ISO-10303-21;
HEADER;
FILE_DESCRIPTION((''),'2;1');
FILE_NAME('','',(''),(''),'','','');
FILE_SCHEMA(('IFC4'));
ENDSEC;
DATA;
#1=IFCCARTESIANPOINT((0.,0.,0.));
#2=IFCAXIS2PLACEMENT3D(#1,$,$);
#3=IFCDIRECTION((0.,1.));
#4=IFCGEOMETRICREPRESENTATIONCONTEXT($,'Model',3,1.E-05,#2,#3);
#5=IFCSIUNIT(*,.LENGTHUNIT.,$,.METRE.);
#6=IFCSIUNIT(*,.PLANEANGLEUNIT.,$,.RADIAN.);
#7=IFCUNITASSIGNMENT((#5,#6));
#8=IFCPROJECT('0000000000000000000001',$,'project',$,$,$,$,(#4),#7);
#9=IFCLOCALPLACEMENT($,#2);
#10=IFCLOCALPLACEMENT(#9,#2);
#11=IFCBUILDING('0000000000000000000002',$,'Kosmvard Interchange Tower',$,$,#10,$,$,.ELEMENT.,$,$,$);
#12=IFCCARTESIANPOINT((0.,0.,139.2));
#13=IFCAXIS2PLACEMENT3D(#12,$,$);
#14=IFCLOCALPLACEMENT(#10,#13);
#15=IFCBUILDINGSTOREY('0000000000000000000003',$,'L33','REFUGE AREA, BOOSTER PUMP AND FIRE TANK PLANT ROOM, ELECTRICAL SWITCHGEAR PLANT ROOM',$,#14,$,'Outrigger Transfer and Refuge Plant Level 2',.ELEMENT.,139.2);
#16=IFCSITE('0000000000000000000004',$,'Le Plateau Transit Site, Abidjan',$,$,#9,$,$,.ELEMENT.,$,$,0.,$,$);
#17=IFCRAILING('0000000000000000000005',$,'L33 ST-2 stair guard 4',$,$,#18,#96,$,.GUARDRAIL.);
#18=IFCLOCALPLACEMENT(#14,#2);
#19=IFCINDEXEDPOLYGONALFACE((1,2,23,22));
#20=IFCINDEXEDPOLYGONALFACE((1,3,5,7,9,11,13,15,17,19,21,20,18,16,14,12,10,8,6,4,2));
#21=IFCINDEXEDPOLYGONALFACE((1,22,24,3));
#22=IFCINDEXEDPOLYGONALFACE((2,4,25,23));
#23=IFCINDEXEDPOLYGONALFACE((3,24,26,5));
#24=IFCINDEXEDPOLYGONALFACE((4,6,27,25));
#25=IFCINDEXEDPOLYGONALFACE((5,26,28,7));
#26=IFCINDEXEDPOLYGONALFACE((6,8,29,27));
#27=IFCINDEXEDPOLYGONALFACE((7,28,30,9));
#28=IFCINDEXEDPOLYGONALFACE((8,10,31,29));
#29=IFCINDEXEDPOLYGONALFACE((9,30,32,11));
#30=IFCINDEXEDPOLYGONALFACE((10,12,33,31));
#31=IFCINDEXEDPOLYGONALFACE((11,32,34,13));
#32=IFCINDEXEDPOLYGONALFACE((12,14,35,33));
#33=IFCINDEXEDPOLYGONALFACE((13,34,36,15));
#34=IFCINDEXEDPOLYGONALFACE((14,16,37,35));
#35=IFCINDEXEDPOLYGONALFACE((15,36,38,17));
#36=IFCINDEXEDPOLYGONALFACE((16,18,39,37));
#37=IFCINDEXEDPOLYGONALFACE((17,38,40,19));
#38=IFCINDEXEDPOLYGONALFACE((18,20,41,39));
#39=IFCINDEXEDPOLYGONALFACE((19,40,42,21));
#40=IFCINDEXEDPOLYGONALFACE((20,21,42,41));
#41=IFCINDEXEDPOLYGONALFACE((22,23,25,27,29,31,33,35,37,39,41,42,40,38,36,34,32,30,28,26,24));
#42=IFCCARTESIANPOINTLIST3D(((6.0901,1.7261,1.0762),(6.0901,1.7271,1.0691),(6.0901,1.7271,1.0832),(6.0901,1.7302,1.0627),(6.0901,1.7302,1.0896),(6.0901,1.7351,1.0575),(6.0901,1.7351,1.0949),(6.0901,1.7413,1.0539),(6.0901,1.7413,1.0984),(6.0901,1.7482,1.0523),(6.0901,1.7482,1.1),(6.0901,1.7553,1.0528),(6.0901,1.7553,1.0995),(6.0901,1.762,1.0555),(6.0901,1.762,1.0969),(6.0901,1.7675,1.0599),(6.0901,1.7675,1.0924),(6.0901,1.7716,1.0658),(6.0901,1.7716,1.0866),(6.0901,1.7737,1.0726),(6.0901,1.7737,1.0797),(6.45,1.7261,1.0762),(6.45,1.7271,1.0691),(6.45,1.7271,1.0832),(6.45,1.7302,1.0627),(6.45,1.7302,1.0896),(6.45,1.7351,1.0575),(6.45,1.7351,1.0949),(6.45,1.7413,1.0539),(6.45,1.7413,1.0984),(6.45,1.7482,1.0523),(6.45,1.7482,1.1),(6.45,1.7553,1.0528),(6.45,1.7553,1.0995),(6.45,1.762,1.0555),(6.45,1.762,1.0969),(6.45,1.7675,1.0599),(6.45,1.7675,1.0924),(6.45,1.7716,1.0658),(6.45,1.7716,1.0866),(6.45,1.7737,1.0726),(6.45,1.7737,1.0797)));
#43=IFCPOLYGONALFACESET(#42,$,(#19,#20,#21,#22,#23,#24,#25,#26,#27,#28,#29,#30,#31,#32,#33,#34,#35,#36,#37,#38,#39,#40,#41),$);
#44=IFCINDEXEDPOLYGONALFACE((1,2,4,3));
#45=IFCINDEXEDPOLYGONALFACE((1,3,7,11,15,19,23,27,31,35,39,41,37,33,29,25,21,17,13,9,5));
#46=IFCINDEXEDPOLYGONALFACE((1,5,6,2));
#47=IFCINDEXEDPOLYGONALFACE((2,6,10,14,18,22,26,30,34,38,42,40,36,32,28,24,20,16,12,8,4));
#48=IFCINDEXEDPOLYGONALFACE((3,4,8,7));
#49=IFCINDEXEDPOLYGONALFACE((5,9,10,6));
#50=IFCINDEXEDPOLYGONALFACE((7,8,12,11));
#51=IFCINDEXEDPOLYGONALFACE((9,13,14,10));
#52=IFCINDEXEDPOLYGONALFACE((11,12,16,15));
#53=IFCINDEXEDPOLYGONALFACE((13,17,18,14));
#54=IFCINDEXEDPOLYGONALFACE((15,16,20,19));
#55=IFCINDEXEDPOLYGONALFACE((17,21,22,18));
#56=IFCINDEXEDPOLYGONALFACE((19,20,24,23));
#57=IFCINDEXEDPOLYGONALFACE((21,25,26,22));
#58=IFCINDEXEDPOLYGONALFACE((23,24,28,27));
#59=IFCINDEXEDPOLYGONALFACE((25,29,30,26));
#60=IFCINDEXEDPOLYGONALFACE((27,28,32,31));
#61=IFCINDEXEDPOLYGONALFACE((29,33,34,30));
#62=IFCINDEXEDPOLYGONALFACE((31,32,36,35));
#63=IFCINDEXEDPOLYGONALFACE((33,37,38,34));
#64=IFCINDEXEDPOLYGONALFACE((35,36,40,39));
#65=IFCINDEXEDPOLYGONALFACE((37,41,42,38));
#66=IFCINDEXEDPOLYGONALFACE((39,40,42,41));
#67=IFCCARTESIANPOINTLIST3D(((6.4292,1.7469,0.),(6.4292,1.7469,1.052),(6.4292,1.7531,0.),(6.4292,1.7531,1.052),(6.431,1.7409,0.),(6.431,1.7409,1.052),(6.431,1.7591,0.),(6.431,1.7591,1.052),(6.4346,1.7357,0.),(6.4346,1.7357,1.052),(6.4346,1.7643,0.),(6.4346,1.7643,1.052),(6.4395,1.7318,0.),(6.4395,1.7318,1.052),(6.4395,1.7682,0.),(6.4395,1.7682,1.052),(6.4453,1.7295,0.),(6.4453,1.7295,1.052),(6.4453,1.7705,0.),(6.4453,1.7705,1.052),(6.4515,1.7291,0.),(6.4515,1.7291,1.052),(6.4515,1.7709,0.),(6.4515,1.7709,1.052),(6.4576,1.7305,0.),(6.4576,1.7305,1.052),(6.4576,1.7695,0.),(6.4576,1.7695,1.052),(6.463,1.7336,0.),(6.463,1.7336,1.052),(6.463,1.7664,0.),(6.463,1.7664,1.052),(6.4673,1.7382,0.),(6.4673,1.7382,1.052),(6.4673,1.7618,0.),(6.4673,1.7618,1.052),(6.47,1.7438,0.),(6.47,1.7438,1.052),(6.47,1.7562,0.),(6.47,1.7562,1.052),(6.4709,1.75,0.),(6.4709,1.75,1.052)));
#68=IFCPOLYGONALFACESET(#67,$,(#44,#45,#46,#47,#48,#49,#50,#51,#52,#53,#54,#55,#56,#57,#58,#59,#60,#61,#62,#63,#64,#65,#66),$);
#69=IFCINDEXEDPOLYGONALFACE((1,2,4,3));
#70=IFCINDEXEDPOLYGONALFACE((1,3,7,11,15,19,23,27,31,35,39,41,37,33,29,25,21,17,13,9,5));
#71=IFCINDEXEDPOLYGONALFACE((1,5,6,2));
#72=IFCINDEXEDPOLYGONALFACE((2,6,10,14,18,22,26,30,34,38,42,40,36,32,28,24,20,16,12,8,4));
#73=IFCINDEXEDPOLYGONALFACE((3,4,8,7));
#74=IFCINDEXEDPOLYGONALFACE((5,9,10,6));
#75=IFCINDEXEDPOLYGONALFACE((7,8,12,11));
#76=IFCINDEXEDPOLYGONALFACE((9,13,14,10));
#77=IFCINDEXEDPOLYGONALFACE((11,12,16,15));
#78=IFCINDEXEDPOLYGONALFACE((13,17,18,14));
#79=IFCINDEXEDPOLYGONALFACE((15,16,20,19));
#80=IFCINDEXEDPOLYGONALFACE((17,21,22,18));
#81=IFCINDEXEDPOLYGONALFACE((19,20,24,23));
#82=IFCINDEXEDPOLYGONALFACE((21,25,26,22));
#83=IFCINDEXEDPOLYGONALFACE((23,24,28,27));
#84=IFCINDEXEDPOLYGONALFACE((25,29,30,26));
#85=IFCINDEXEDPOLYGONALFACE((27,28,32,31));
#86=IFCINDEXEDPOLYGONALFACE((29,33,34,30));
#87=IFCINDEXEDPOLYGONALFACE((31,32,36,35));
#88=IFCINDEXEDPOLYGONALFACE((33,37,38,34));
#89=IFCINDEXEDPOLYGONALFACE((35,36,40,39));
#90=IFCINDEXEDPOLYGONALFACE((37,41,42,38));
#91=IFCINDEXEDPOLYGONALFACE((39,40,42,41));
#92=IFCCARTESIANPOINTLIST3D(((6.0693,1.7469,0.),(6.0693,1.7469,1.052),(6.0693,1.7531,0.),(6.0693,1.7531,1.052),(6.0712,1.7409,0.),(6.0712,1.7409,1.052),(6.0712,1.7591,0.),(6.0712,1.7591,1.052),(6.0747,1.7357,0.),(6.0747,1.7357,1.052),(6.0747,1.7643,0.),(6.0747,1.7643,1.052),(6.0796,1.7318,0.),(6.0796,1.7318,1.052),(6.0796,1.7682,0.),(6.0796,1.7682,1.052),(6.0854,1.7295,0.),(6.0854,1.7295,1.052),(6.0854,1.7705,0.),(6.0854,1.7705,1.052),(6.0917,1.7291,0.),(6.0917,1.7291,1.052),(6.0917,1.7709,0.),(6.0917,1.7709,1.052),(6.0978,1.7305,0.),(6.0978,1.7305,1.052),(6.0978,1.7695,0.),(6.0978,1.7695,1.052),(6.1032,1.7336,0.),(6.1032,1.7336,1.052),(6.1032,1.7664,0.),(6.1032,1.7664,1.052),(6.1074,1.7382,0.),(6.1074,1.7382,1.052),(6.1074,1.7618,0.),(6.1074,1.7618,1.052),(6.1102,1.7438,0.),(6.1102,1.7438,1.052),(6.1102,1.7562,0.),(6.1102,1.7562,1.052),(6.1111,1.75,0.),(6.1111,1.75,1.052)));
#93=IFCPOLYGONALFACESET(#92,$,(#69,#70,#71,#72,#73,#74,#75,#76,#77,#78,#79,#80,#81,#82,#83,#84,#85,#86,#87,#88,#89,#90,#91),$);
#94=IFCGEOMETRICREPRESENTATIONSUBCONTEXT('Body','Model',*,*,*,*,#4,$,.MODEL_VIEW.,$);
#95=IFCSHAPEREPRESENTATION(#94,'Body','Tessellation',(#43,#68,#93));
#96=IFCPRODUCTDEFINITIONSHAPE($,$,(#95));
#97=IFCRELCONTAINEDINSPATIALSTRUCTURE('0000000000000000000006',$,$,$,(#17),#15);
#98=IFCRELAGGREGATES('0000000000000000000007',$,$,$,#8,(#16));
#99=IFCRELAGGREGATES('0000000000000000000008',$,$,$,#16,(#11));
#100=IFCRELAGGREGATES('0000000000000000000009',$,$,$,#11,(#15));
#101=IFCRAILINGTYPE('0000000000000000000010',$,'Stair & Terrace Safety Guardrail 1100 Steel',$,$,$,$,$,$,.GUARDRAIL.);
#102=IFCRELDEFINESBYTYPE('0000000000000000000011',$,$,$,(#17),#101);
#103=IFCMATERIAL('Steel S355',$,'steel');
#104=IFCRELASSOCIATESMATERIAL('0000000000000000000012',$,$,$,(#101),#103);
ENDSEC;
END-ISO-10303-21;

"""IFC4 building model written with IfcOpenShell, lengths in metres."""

from ifc_helpers import new_model, si_unit, direction, frame, origin, origin_2d, place, context, subcontext, project, spatial, circle, extrude, source, transform, mapped, material, type_object, element, save


model = new_model("IFC4")

# Units and contexts
model_context = context("Model", 3, precision=1e-05, world=origin(), true_north=direction((0.0, 1.0)))
body_context = subcontext(model_context, "Body", "Model", "MODEL_VIEW")
ifc_project = project(units=[si_unit("LENGTHUNIT", "METRE"), si_unit("PLANEANGLEUNIT", "RADIAN")], contexts=[model_context])

# Site, building, storey
site_placement = place(None, origin())
site = spatial("IfcSite", under=ifc_project, at=site_placement, Name="Le Plateau Transit Site, Abidjan", CompositionType="ELEMENT", RefElevation=0.0)
building_placement = place(site_placement, origin())
building = spatial("IfcBuilding", under=site, at=building_placement, Name="Kosmvard Interchange Tower", CompositionType="ELEMENT")
storey_placement = place(building_placement, frame((0.0, 0.0, 139.2)))
storey = spatial("IfcBuildingStorey", under=building, at=storey_placement, Name="L33", Description="REFUGE AREA, BOOSTER PUMP AND FIRE TANK PLANT ROOM, ELECTRICAL SWITCHGEAR PLANT ROOM", LongName="Outrigger Transfer and Refuge Plant Level 2", CompositionType="ELEMENT", Elevation=139.2)

# Railing
ifc_material_1 = material(Name="Steel S355", Category="steel")
railing_type_1 = type_object("IfcRailingType", Name="Stair & Terrace Safety Guardrail 1100 Steel", PredefinedType="GUARDRAIL", material=ifc_material_1)
shared_shape_1 = source(origin(), body_context, "Body", "SweptSolid", [
    extrude(circle(Radius=0.0239, at=origin_2d()), frame((0.0, 0.0, 1.0762), z_axis=(-1.0, 0.0, 0.0), x_axis=(0.0, -1.0, 0.0)), (0.0, 0.0, 1.0), 0.3599),
    extrude(circle(Radius=0.021, at=origin_2d()), origin(), (0.0, 0.0, 1.0), 1.052),
    extrude(circle(Radius=0.021, at=origin_2d()), frame((-0.3599, 0.0, 0.0)), (0.0, 0.0, 1.0), 1.052),
])
for number, where, name in (
    (1, (6.45, 1.75, 0.0), "L33 ST-2 stair guard 4"),
):
    element("IfcRailing", number, at=place(storey_placement, frame(where)), inside=storey, type_object=railing_type_1, Name=name, PredefinedType="GUARDRAIL", context=body_context, shape_type="MappedRepresentation", body=[
        mapped(shared_shape_1, transform((0.0, 0.0, 0.0), scale=1.0)),
    ])

save(model, "model.ifc")
